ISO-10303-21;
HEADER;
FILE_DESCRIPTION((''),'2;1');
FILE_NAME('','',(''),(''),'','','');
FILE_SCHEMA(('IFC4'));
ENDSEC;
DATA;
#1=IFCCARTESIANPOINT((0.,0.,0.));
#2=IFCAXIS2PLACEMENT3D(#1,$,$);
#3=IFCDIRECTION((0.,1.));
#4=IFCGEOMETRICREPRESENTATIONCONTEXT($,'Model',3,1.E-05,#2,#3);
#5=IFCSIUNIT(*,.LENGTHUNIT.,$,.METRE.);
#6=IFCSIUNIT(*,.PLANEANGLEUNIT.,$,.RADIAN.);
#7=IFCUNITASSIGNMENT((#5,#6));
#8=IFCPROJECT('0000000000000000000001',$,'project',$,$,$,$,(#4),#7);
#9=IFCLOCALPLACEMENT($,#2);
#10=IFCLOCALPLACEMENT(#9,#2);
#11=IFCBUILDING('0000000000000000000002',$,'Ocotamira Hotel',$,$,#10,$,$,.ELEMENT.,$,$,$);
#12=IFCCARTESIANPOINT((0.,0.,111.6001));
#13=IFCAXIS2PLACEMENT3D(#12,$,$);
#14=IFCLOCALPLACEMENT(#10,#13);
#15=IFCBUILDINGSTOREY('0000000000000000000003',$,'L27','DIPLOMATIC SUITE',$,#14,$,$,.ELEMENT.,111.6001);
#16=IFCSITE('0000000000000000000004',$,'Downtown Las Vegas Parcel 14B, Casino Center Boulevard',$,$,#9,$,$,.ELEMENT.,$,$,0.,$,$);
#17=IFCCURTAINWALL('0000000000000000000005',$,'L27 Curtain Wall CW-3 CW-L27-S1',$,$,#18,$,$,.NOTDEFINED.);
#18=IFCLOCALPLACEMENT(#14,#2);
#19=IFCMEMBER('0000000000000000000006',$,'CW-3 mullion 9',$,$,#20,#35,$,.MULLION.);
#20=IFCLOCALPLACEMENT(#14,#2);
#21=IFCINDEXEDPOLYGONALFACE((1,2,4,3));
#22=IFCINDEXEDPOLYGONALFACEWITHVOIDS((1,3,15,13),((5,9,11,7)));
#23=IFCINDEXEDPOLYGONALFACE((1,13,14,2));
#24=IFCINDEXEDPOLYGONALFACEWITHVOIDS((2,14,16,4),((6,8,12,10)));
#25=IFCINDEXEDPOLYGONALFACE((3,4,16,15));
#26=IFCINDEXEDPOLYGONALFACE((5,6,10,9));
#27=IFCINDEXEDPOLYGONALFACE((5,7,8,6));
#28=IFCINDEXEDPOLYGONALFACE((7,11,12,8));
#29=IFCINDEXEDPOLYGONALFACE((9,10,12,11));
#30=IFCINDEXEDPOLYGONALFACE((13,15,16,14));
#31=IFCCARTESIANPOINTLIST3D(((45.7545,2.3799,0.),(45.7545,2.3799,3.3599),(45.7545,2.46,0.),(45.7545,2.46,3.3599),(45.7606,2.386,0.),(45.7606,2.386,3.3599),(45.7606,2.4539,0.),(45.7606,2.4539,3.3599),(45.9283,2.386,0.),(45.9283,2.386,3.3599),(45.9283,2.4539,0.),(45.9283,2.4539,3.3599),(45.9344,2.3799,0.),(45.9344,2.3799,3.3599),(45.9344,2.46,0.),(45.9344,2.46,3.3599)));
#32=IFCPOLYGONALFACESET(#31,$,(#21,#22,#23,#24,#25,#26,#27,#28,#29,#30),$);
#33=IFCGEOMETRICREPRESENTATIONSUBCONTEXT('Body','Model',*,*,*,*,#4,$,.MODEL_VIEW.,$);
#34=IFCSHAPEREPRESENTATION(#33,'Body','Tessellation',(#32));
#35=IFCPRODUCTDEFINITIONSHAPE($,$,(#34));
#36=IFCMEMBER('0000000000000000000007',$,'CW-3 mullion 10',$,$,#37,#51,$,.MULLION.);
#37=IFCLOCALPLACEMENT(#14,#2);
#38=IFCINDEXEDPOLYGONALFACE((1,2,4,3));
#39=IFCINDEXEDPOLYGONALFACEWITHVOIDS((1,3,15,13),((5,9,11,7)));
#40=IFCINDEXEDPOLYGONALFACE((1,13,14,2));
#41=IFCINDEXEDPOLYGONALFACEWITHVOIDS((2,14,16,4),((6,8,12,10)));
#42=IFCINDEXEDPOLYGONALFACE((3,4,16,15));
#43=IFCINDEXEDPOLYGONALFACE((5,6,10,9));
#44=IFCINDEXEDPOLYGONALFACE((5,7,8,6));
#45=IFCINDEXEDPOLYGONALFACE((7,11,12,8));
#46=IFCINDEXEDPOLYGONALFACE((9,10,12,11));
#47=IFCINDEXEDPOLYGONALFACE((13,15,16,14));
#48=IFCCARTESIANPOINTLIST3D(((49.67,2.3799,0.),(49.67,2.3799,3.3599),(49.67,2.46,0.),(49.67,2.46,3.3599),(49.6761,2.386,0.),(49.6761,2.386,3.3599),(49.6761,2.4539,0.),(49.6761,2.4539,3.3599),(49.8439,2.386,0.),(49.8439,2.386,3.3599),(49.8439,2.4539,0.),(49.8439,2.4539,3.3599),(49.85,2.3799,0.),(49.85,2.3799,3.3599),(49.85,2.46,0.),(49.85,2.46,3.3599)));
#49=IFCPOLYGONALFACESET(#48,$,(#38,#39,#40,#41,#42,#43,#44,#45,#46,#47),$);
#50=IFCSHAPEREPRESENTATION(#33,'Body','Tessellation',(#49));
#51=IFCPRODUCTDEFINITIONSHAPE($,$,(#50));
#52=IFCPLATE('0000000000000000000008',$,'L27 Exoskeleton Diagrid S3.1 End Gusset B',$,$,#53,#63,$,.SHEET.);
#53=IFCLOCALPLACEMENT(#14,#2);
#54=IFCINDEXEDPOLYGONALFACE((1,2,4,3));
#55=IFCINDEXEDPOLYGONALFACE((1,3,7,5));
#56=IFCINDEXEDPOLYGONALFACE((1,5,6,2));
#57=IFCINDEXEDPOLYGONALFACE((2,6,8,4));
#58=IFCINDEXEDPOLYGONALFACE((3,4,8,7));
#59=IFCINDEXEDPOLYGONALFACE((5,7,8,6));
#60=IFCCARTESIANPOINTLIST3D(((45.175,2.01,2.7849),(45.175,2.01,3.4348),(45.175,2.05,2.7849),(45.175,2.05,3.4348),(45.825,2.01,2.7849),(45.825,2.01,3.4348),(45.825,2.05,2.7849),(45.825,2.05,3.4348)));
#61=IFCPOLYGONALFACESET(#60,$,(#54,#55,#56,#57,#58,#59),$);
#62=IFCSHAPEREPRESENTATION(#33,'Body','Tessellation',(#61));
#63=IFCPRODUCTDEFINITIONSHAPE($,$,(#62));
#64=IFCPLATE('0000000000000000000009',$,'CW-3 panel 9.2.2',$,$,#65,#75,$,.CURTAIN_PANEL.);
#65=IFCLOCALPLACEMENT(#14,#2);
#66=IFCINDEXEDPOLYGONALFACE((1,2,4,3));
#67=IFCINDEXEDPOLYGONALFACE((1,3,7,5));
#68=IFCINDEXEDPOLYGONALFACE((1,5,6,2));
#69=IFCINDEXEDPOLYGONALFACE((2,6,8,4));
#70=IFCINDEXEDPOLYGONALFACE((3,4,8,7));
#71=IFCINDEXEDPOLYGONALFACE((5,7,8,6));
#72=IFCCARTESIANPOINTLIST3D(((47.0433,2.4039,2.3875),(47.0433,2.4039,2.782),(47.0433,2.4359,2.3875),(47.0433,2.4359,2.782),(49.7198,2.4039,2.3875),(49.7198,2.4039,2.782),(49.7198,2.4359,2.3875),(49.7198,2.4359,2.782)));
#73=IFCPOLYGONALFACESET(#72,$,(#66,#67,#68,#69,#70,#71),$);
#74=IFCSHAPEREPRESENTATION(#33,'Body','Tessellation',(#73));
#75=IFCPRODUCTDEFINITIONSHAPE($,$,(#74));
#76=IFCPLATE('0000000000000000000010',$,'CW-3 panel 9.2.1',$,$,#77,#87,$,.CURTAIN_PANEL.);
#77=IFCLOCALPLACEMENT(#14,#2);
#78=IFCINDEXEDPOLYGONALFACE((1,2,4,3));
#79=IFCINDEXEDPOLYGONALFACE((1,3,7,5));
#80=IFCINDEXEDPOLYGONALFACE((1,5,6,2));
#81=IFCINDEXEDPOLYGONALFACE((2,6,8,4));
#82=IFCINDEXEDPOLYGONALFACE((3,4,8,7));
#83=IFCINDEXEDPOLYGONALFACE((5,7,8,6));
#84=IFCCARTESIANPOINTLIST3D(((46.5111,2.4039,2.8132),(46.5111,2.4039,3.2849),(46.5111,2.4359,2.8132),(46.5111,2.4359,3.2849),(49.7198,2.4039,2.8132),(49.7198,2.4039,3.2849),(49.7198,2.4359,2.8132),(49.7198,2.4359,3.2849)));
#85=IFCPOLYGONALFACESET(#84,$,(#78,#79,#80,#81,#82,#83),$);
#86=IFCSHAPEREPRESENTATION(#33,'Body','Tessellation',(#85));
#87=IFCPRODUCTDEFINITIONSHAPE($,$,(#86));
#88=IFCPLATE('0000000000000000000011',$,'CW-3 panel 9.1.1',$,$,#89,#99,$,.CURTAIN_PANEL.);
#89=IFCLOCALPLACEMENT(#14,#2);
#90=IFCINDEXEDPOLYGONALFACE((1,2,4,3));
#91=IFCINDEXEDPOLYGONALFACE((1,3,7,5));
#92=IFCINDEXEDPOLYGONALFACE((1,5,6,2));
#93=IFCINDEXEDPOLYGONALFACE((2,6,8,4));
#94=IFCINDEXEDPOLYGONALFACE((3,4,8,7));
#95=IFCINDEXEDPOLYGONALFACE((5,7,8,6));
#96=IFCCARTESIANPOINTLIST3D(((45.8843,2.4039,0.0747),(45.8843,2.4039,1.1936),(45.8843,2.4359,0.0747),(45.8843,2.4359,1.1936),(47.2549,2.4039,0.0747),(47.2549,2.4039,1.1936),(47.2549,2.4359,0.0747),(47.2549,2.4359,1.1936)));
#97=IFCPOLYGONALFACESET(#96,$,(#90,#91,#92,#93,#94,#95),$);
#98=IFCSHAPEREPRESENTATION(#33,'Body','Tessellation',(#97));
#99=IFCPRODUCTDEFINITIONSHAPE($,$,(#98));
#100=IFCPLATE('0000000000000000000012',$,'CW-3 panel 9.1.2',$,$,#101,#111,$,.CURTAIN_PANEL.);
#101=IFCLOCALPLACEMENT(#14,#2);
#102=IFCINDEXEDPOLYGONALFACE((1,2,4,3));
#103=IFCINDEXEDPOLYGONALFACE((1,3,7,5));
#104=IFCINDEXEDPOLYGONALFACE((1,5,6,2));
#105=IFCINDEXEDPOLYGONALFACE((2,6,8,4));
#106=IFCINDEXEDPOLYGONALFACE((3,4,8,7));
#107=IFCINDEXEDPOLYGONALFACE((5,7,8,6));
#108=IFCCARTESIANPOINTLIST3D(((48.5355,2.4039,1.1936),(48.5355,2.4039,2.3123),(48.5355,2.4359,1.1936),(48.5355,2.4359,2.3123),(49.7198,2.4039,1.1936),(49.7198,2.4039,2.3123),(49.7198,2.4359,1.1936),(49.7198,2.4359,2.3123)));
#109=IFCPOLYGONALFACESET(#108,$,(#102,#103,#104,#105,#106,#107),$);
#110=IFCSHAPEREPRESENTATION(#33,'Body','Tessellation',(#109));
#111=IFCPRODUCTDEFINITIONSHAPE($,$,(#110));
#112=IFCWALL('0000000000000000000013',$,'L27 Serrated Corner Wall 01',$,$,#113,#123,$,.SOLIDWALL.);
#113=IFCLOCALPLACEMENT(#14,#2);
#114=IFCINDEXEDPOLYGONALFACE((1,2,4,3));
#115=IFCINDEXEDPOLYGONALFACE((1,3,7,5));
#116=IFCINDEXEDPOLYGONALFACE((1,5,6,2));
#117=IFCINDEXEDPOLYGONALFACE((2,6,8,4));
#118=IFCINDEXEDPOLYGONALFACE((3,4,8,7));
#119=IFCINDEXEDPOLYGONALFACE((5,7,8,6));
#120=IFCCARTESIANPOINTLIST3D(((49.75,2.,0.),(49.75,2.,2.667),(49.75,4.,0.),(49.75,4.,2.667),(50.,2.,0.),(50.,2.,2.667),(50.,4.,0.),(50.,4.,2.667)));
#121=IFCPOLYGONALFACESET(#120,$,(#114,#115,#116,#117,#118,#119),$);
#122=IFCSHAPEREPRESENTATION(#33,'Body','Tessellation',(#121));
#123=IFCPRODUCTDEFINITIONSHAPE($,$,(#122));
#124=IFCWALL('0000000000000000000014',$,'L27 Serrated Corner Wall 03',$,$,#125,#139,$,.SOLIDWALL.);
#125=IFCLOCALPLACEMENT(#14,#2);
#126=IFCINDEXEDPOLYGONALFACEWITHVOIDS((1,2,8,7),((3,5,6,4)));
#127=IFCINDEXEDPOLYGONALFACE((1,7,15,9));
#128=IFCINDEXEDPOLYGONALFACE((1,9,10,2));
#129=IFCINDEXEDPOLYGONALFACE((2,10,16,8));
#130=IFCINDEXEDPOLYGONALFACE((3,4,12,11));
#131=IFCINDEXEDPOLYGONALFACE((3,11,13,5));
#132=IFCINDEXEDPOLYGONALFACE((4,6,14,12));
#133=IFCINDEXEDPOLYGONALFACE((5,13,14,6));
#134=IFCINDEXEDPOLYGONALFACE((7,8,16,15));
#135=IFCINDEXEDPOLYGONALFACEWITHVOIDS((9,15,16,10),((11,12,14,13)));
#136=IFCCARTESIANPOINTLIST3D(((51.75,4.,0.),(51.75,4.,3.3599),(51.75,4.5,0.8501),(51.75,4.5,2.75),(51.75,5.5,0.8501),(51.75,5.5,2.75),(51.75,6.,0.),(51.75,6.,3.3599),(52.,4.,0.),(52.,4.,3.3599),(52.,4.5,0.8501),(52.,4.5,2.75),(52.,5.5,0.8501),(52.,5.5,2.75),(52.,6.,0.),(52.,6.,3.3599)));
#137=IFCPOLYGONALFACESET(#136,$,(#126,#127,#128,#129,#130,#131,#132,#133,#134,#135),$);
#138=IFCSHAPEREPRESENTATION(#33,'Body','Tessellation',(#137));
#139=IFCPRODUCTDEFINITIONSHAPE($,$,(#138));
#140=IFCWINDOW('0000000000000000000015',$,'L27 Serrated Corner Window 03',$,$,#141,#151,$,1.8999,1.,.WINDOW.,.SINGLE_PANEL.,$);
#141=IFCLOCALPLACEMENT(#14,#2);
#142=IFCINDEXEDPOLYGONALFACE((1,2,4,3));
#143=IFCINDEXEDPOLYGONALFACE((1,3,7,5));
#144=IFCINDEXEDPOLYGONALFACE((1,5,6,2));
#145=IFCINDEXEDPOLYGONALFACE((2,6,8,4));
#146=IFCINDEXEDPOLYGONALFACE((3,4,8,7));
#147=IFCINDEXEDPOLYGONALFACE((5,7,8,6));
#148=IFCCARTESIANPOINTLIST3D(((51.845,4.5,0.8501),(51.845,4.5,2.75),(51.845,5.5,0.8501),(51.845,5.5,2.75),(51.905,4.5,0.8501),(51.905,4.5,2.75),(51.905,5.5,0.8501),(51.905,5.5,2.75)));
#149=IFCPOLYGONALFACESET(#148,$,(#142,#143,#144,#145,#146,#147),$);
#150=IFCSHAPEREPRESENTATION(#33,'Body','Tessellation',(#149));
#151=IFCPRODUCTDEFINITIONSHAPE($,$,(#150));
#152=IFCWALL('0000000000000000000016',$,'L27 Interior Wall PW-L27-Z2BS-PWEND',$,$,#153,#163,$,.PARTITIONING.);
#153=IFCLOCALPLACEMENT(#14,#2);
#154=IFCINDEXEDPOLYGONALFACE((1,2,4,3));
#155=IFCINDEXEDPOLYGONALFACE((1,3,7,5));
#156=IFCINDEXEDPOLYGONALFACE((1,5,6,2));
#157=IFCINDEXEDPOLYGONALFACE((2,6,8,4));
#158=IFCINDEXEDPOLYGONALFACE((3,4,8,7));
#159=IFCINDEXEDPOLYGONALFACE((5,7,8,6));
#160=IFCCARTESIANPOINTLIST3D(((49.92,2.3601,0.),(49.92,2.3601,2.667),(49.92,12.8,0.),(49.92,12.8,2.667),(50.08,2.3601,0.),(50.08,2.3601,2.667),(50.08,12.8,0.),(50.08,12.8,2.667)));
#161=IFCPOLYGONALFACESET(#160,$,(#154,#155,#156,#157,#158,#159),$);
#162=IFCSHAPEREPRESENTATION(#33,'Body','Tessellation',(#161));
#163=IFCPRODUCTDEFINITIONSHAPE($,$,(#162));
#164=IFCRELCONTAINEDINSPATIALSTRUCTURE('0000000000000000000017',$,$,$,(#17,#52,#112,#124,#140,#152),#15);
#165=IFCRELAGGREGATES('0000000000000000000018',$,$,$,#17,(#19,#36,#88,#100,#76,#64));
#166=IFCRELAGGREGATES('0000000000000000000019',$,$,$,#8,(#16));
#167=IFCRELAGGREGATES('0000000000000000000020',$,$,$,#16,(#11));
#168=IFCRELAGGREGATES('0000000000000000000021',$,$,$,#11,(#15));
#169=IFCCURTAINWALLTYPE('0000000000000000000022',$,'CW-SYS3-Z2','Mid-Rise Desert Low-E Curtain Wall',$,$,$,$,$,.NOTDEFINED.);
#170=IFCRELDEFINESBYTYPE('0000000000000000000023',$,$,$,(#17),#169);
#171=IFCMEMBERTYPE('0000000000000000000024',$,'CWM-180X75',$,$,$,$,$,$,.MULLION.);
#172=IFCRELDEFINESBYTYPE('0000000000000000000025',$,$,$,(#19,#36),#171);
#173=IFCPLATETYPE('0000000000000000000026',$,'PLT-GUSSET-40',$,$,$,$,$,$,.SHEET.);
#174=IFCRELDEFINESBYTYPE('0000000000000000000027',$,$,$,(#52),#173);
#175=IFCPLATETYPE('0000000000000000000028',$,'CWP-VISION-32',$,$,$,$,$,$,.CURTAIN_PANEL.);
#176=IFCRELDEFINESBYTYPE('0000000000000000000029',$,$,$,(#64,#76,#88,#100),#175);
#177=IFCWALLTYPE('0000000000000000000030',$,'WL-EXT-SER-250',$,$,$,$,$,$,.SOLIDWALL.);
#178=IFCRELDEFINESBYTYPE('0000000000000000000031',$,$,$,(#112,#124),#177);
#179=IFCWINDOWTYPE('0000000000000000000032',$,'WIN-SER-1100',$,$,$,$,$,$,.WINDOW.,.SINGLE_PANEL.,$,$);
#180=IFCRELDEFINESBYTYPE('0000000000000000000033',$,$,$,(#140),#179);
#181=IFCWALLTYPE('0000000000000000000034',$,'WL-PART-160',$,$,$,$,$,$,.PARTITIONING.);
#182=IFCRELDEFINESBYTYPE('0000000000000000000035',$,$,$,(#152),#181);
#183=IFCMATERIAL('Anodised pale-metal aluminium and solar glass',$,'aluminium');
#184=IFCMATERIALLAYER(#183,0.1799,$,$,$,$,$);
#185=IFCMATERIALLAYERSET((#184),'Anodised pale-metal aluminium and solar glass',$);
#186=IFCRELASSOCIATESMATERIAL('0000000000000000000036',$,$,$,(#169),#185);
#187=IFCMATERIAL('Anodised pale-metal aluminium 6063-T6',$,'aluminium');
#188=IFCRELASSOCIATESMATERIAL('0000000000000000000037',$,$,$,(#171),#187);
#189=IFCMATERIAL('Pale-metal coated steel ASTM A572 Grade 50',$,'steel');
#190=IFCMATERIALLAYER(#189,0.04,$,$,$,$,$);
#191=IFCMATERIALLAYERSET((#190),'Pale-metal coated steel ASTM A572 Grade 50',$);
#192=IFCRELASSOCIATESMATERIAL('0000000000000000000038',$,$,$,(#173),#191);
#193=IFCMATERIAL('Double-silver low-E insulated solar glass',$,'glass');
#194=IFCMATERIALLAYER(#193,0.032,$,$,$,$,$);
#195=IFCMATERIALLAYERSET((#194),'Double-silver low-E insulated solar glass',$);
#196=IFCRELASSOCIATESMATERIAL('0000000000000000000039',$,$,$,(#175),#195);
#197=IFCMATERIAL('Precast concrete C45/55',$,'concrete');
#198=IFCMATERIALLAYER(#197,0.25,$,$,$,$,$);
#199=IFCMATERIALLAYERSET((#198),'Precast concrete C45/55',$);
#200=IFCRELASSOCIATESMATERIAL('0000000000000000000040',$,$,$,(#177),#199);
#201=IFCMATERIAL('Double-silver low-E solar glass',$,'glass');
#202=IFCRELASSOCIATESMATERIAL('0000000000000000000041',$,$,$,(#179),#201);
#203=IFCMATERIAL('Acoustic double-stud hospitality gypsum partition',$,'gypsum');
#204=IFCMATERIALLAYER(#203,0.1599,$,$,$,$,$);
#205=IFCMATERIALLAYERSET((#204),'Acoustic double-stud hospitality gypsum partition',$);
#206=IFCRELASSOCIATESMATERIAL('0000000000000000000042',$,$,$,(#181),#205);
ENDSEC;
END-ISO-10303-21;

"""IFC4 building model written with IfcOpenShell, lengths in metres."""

from ifc_helpers import new_model, si_unit, direction, frame, frame_2d, origin, origin_2d, place, context, subcontext, project, spatial, rectangle, hollow_rectangle, extrude, source, transform, mapped, material, layer, layer_set, material_profile, profile_set, type_object, element, fill, aggregate, save


model = new_model("IFC4")

# Units and contexts
model_context = context("Model", 3, precision=1e-05, world=origin(), true_north=direction((0.0, 1.0)))
body_context = subcontext(model_context, "Body", "Model", "MODEL_VIEW")
ifc_project = project(units=[si_unit("LENGTHUNIT", "METRE"), si_unit("PLANEANGLEUNIT", "RADIAN")], contexts=[model_context])

# Site, building, storey
site_placement = place(None, origin())
site = spatial("IfcSite", under=ifc_project, at=site_placement, Name="Downtown Las Vegas Parcel 14B, Casino Center Boulevard", CompositionType="ELEMENT", RefElevation=0.0)
building_placement = place(site_placement, origin())
building = spatial("IfcBuilding", under=site, at=building_placement, Name="Ocotamira Hotel", CompositionType="ELEMENT")
storey_placement = place(building_placement, frame((0.0, 0.0, 111.6001)))
storey = spatial("IfcBuildingStorey", under=building, at=storey_placement, Name="L27", Description="DIPLOMATIC SUITE", CompositionType="ELEMENT", Elevation=111.6001)

# Curtain wall, members
ifc_material_1 = material(Name="Anodised pale-metal aluminium and solar glass", Category="aluminium")
ifc_layer_1 = layer(ifc_material_1, 0.1799)
ifc_layer_set_1 = layer_set([ifc_layer_1], Name="Anodised pale-metal aluminium and solar glass")
curtain_wall_type = type_object("IfcCurtainWallType", Name="CW-SYS3-Z2", Description="Mid-Rise Desert Low-E Curtain Wall", PredefinedType="NOTDEFINED", material=ifc_layer_set_1)
curtain_wall_placement = place(storey_placement, origin())
curtain_wall = element("IfcCurtainWall", 1, at=curtain_wall_placement, inside=storey, type_object=curtain_wall_type, Name="L27 Curtain Wall CW-3 CW-L27-S1", PredefinedType="NOTDEFINED")
ifc_material_2 = material(Name="Anodised pale-metal aluminium 6063-T6", Category="aluminium")
ifc_material_profile_1 = material_profile(ifc_material_2, hollow_rectangle(XDim=0.0801, YDim=0.1799, WallThickness=0.0061, at=origin_2d()), Name="HSS180X80X6")
ifc_profile_set_1 = profile_set([ifc_material_profile_1], Name="Anodised pale-metal aluminium 6063-T6")
member_type_1 = type_object("IfcMemberType", Name="CWM-180X75", PredefinedType="MULLION", material=ifc_profile_set_1)
shared_shape_1 = source(origin(), body_context, "Body", "SweptSolid", [
    extrude(hollow_rectangle(XDim=0.0801, YDim=0.1799, WallThickness=0.0061, at=origin_2d()), origin(), (0.0, 0.0, 1.0), 3.3599),
])
member_1_placement = place(storey_placement, frame((45.8445, 2.4199, 0.0), z_axis=(0.0, 0.0, 1.0), x_axis=(0.0, 1.0, 0.0)))
member_1 = element("IfcMember", 2, at=member_1_placement, type_object=member_type_1, Name="CW-3 mullion 9", PredefinedType="MULLION", context=body_context, shape_type="MappedRepresentation", body=[
    mapped(shared_shape_1, transform((0.0, 0.0, 0.0), scale=1.0)),
])
member_2_placement = place(storey_placement, frame((49.76, 2.4199, 0.0), z_axis=(0.0, 0.0, 1.0), x_axis=(0.0, 1.0, 0.0)))
member_2 = element("IfcMember", 3, at=member_2_placement, type_object=member_type_1, Name="CW-3 mullion 10", PredefinedType="MULLION", context=body_context, shape_type="MappedRepresentation", body=[
    mapped(shared_shape_1, transform((0.0, 0.0, 0.0), scale=1.0)),
])

# Plates
ifc_material_3 = material(Name="Pale-metal coated steel ASTM A572 Grade 50", Category="steel")
ifc_layer_2 = layer(ifc_material_3, 0.04)
ifc_layer_set_2 = layer_set([ifc_layer_2], Name="Pale-metal coated steel ASTM A572 Grade 50")
plate_type_1 = type_object("IfcPlateType", Name="PLT-GUSSET-40", PredefinedType="SHEET", material=ifc_layer_set_2)
shared_shape_2 = source(origin(), body_context, "Body", "SweptSolid", [
    extrude(rectangle(XDim=0.6499, YDim=0.04, at=origin_2d()), origin(), (0.0, 0.0, 1.0), 0.6499),
])
plate_1_placement = place(storey_placement, frame((45.5, 2.03, 2.7849), z_axis=(0.0, 0.0, 1.0), x_axis=(1.0, 0.0, 0.0)))
element("IfcPlate", 4, at=plate_1_placement, inside=storey, type_object=plate_type_1, Name="L27 Exoskeleton Diagrid S3.1 End Gusset B", PredefinedType="SHEET", context=body_context, shape_type="MappedRepresentation", body=[
    mapped(shared_shape_2, transform((0.0, 0.0, 0.0), scale=1.0)),
])
ifc_material_4 = material(Name="Double-silver low-E insulated solar glass", Category="glass")
ifc_layer_3 = layer(ifc_material_4, 0.032)
ifc_layer_set_3 = layer_set([ifc_layer_3], Name="Double-silver low-E insulated solar glass")
plate_type_2 = type_object("IfcPlateType", Name="CWP-VISION-32", PredefinedType="CURTAIN_PANEL", material=ifc_layer_set_3)
shared_shape_3 = source(origin(), body_context, "Body", "SweptSolid", [
    extrude(rectangle(XDim=2.6765, YDim=0.032, at=origin_2d()), origin(), (0.0, 0.0, 1.0), 0.3945),
])
plate_2_placement = place(storey_placement, frame((48.3816, 2.4199, 2.3875), z_axis=(0.0, 0.0, 1.0), x_axis=(1.0, 0.0, 0.0)))
plate_2 = element("IfcPlate", 5, at=plate_2_placement, type_object=plate_type_2, Name="CW-3 panel 9.2.2", PredefinedType="CURTAIN_PANEL", context=body_context, shape_type="MappedRepresentation", body=[
    mapped(shared_shape_3, transform((0.0, 0.0, 0.0), scale=1.0)),
])
shared_shape_4 = source(origin(), body_context, "Body", "SweptSolid", [
    extrude(rectangle(XDim=3.2087, YDim=0.032, at=origin_2d()), origin(), (0.0, 0.0, 1.0), 0.4717),
])
plate_3_placement = place(storey_placement, frame((48.1155, 2.4199, 2.8132), z_axis=(0.0, 0.0, 1.0), x_axis=(1.0, 0.0, 0.0)))
plate_3 = element("IfcPlate", 6, at=plate_3_placement, type_object=plate_type_2, Name="CW-3 panel 9.2.1", PredefinedType="CURTAIN_PANEL", context=body_context, shape_type="MappedRepresentation", body=[
    mapped(shared_shape_4, transform((0.0, 0.0, 0.0), scale=1.0)),
])
shared_shape_5 = source(origin(), body_context, "Body", "SweptSolid", [
    extrude(rectangle(XDim=1.3706, YDim=0.032, at=origin_2d()), origin(), (0.0, 0.0, 1.0), 1.1189),
])
plate_4_placement = place(storey_placement, frame((46.5696, 2.4199, 0.0747), z_axis=(0.0, 0.0, 1.0), x_axis=(1.0, 0.0, 0.0)))
plate_4 = element("IfcPlate", 7, at=plate_4_placement, type_object=plate_type_2, Name="CW-3 panel 9.1.1", PredefinedType="CURTAIN_PANEL", context=body_context, shape_type="MappedRepresentation", body=[
    mapped(shared_shape_5, transform((0.0, 0.0, 0.0), scale=1.0)),
])
shared_shape_6 = source(origin(), body_context, "Body", "SweptSolid", [
    extrude(rectangle(XDim=1.1843, YDim=0.032, at=origin_2d()), origin(), (0.0, 0.0, 1.0), 1.1187),
])
plate_5_placement = place(storey_placement, frame((49.1277, 2.4199, 1.1936), z_axis=(0.0, 0.0, 1.0), x_axis=(1.0, 0.0, 0.0)))
plate_5 = element("IfcPlate", 8, at=plate_5_placement, type_object=plate_type_2, Name="CW-3 panel 9.1.2", PredefinedType="CURTAIN_PANEL", context=body_context, shape_type="MappedRepresentation", body=[
    mapped(shared_shape_6, transform((0.0, 0.0, 0.0), scale=1.0)),
])
aggregate(curtain_wall, [member_1, member_2, plate_4, plate_5, plate_3, plate_2])

# Wall
ifc_material_5 = material(Name="Precast concrete C45/55", Category="concrete")
ifc_layer_4 = layer(ifc_material_5, 0.25)
ifc_layer_set_4 = layer_set([ifc_layer_4], Name="Precast concrete C45/55")
wall_type_1 = type_object("IfcWallType", Name="WL-EXT-SER-250", PredefinedType="SOLIDWALL", material=ifc_layer_set_4)
wall_1_placement = place(storey_placement, frame((49.875, 2.0, 0.0), z_axis=(0.0, 0.0, 1.0), x_axis=(0.0, 1.0, 0.0)))
element("IfcWall", 9, at=wall_1_placement, inside=storey, type_object=wall_type_1, Name="L27 Serrated Corner Wall 01", PredefinedType="SOLIDWALL", context=body_context, shape_type="SweptSolid", body=[
    extrude(rectangle(XDim=2.0, YDim=0.25, at=frame_2d((1.0, 0.0))), origin(), (0.0, 0.0, 1.0), 2.667),
])

# Wall, opening, window
wall_2_placement = place(storey_placement, frame((51.875, 4.0, 0.0), z_axis=(0.0, 0.0, 1.0), x_axis=(0.0, 1.0, 0.0)))
wall_2 = element("IfcWall", 10, at=wall_2_placement, inside=storey, type_object=wall_type_1, Name="L27 Serrated Corner Wall 03", PredefinedType="SOLIDWALL", context=body_context, shape_type="SweptSolid", body=[
    extrude(rectangle(XDim=2.0, YDim=0.25, at=frame_2d((1.0, 0.0))), origin(), (0.0, 0.0, 1.0), 3.3599),
])
opening_placement = place(wall_2_placement, frame((0.5, 0.0, 0.8501)))
opening = element("IfcOpeningElement", 11, at=opening_placement, cuts=wall_2, PredefinedType="OPENING", context=body_context, shape_type="SweptSolid", body=[
    extrude(rectangle(XDim=1.0, YDim=1.8999, at=frame_2d((0.5, 0.95))), frame((0.0, 0.135, 0.0), z_axis=(0.0, -1.0, 0.0), x_axis=(1.0, 0.0, 0.0)), (0.0, 0.0, 1.0), 0.27),
])
ifc_material_6 = material(Name="Double-silver low-E solar glass", Category="glass")
window_type = type_object("IfcWindowType", Name="WIN-SER-1100", PartitioningType="SINGLE_PANEL", PredefinedType="WINDOW", material=ifc_material_6)
shared_shape_7 = source(origin(), body_context, "Body", "SweptSolid", [
    extrude(rectangle(XDim=1.0, YDim=1.8999, at=frame_2d((0.5, 0.95))), frame((0.0, 0.03, 0.0), z_axis=(0.0, -1.0, 0.0), x_axis=(1.0, 0.0, 0.0)), (0.0, 0.0, 1.0), 0.0601),
])
window_placement = place(opening_placement, origin())
window = element("IfcWindow", 12, at=window_placement, inside=storey, type_object=window_type, Name="L27 Serrated Corner Window 03", OverallHeight=1.8999, OverallWidth=1.0, PartitioningType="SINGLE_PANEL", PredefinedType="WINDOW", context=body_context, shape_type="MappedRepresentation", body=[
    mapped(shared_shape_7, transform((0.0, 0.0, 0.0), scale=1.0)),
])
fill(opening, window)

# Wall
ifc_material_7 = material(Name="Acoustic double-stud hospitality gypsum partition", Category="gypsum")
ifc_layer_5 = layer(ifc_material_7, 0.1599)
ifc_layer_set_5 = layer_set([ifc_layer_5], Name="Acoustic double-stud hospitality gypsum partition")
wall_type_2 = type_object("IfcWallType", Name="WL-PART-160", PredefinedType="PARTITIONING", material=ifc_layer_set_5)
wall_3_placement = place(storey_placement, frame((50.0, 2.3601, 0.0), z_axis=(0.0, 0.0, 1.0), x_axis=(0.0, 1.0, 0.0)))
element("IfcWall", 13, at=wall_3_placement, inside=storey, type_object=wall_type_2, Name="L27 Interior Wall PW-L27-Z2BS-PWEND", PredefinedType="PARTITIONING", context=body_context, shape_type="SweptSolid", body=[
    extrude(rectangle(XDim=10.4399, YDim=0.1599, at=frame_2d((5.22, 0.0))), origin(), (0.0, 0.0, 1.0), 2.667),
])

save(model, "model.ifc")
